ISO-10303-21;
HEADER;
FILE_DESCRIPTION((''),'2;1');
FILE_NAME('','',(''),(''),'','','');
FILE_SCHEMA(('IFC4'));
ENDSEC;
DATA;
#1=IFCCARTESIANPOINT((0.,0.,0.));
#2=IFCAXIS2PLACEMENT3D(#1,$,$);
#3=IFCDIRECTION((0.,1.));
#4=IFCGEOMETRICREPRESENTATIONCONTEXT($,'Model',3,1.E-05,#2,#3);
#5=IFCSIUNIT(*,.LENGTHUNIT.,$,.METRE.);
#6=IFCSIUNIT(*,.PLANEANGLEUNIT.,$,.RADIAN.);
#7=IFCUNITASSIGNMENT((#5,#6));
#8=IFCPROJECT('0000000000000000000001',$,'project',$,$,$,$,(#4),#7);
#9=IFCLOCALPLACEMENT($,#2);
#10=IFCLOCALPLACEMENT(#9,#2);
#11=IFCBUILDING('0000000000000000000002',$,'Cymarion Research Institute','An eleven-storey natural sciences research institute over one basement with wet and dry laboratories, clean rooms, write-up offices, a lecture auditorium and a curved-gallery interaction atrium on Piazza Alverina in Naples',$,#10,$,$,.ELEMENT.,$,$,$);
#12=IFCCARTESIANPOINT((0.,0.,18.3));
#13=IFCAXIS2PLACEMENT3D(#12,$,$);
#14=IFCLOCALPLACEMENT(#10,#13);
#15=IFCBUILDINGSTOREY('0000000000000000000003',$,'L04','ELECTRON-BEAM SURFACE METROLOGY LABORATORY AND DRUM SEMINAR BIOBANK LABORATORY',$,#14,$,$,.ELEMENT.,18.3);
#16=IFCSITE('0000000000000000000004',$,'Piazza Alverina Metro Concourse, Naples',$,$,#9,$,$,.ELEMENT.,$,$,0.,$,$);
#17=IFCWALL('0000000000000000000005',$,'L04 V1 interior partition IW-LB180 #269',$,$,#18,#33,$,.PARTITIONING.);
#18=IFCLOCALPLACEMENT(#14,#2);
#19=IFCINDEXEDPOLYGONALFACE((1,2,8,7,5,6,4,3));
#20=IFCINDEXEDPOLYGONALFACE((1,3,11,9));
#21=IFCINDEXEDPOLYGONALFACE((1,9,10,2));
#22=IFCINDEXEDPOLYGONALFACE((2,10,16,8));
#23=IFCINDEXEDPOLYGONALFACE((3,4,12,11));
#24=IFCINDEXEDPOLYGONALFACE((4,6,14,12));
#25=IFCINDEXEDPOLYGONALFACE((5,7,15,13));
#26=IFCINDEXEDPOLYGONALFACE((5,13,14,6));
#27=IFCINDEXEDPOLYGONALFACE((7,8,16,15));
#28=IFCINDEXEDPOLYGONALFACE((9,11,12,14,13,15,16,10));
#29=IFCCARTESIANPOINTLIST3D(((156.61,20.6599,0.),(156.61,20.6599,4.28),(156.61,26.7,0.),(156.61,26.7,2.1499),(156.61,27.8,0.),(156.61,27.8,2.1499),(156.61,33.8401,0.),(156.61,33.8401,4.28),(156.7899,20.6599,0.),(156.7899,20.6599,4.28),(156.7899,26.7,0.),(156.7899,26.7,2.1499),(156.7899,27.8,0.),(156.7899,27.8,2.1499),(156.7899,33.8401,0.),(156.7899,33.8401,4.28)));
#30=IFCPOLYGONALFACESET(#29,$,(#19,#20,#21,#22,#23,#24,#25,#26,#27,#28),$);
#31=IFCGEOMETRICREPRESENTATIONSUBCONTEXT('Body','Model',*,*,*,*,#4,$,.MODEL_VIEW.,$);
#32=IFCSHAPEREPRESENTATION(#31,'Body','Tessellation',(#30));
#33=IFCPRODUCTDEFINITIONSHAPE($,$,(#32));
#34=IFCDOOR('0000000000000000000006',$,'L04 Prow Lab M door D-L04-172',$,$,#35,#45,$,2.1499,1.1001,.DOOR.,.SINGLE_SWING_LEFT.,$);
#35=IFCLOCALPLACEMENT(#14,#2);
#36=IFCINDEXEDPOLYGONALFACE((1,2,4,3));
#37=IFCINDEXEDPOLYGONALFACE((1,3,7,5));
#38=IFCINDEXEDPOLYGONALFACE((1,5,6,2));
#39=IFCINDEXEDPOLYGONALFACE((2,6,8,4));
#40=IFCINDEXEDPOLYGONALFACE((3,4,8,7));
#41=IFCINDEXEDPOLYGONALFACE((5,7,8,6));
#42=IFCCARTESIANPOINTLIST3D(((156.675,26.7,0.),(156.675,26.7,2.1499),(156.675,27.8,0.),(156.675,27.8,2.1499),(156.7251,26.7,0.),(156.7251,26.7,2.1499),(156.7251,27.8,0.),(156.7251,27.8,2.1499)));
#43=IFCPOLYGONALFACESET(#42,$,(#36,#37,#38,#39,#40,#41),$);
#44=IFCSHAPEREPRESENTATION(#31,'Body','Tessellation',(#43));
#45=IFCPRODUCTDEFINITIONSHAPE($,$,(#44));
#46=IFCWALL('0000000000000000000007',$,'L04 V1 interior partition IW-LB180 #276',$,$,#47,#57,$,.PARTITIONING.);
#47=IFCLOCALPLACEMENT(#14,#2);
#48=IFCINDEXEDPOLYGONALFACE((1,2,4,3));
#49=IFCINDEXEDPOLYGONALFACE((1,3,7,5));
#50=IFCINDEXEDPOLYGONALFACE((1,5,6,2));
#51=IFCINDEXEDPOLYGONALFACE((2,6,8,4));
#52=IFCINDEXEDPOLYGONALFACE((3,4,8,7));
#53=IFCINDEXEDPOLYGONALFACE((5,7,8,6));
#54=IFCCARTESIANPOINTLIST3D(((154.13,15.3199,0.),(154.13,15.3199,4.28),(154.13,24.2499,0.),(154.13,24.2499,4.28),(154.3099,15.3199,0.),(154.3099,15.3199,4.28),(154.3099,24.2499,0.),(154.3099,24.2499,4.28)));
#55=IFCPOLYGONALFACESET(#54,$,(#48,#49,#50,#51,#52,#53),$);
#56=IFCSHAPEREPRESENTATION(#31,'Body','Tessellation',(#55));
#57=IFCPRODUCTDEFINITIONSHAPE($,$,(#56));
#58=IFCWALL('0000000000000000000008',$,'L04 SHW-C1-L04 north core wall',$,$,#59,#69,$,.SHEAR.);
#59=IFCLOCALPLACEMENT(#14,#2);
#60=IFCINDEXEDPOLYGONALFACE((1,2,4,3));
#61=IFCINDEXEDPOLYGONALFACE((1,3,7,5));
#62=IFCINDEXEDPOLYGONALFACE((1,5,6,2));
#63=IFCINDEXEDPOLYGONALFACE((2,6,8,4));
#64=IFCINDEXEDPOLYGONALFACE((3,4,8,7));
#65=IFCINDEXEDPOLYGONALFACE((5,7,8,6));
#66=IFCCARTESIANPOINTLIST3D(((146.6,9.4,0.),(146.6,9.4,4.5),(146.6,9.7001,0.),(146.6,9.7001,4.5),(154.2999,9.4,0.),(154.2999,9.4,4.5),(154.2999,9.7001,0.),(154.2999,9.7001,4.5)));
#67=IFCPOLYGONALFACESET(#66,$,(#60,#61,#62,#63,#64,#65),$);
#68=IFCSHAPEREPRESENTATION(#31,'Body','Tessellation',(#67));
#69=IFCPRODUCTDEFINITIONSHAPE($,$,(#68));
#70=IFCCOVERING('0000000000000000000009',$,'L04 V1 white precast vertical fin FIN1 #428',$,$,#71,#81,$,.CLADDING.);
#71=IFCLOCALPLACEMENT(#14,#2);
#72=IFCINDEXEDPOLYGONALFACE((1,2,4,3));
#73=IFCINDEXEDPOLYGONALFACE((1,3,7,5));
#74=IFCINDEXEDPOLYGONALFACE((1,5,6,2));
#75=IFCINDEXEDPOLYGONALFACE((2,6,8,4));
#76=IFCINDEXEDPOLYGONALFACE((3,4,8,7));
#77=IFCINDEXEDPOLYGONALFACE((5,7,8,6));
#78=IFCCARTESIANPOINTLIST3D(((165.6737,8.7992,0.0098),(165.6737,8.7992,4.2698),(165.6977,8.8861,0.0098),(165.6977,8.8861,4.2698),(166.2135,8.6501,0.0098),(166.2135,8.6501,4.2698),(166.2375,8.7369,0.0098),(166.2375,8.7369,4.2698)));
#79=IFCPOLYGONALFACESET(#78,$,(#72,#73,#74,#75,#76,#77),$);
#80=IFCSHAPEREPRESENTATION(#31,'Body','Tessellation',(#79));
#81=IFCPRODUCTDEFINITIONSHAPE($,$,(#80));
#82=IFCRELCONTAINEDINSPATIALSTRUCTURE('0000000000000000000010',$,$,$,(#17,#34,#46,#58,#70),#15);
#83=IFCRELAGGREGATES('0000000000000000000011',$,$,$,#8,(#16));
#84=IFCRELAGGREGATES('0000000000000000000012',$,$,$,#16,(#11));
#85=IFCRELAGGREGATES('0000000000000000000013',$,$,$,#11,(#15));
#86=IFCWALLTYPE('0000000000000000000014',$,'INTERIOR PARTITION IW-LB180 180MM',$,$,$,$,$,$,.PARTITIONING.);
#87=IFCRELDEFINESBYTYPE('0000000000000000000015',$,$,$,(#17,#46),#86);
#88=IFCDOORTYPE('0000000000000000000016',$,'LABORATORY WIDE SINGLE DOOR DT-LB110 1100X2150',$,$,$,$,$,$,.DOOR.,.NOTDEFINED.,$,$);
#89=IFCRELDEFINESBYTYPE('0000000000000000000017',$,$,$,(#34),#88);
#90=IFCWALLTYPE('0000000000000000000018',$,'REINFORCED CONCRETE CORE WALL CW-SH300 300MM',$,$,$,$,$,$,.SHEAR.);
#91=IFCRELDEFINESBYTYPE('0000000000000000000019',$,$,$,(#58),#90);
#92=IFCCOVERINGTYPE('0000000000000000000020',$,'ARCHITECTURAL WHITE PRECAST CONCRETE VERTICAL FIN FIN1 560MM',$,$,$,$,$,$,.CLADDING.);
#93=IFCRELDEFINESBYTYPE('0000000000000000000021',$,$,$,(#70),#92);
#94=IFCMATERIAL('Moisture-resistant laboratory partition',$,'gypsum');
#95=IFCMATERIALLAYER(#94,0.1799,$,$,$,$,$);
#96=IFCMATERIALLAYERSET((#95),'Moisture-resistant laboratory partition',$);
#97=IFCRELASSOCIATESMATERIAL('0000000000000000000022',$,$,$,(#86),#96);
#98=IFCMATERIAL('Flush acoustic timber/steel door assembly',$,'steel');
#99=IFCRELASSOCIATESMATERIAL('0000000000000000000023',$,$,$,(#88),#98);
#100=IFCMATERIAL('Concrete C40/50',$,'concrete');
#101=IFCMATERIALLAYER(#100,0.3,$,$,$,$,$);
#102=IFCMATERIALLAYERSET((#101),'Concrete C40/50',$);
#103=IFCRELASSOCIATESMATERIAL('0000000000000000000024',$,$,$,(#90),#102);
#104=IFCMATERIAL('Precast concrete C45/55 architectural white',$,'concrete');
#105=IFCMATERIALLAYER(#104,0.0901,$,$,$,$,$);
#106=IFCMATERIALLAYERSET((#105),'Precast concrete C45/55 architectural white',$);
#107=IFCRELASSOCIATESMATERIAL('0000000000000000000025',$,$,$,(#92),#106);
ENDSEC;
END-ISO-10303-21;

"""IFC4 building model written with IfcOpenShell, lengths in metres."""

from ifc_helpers import new_model, si_unit, direction, frame, frame_2d, origin, origin_2d, place, context, subcontext, project, spatial, rectangle, extrude, material, layer, layer_set, type_object, element, fill, save


model = new_model("IFC4")

# Units and contexts
model_context = context("Model", 3, precision=1e-05, world=origin(), true_north=direction((0.0, 1.0)))
body_context = subcontext(model_context, "Body", "Model", "MODEL_VIEW")
ifc_project = project(units=[si_unit("LENGTHUNIT", "METRE"), si_unit("PLANEANGLEUNIT", "RADIAN")], contexts=[model_context])

# Site, building, storey
site_placement = place(None, origin())
site = spatial("IfcSite", under=ifc_project, at=site_placement, Name="Piazza Alverina Metro Concourse, Naples", CompositionType="ELEMENT", RefElevation=0.0)
building_placement = place(site_placement, origin())
building = spatial("IfcBuilding", under=site, at=building_placement, Name="Cymarion Research Institute", Description="An eleven-storey natural sciences research institute over one basement with wet and dry laboratories, clean rooms, write-up offices, a lecture auditorium and a curved-gallery interaction atrium on Piazza Alverina in Naples", CompositionType="ELEMENT")
storey_placement = place(building_placement, frame((0.0, 0.0, 18.3)))
storey = spatial("IfcBuildingStorey", under=building, at=storey_placement, Name="L04", Description="ELECTRON-BEAM SURFACE METROLOGY LABORATORY AND DRUM SEMINAR BIOBANK LABORATORY", CompositionType="ELEMENT", Elevation=18.3)

# Wall, opening, door
ifc_material_1 = material(Name="Moisture-resistant laboratory partition", Category="gypsum")
ifc_layer_1 = layer(ifc_material_1, 0.1799)
ifc_layer_set_1 = layer_set([ifc_layer_1], Name="Moisture-resistant laboratory partition")
wall_type_1 = type_object("IfcWallType", Name="INTERIOR PARTITION IW-LB180 180MM", PredefinedType="PARTITIONING", material=ifc_layer_set_1)
wall_1_placement = place(storey_placement, frame((156.7, 20.6599, 0.0), z_axis=(0.0, 0.0, 1.0), x_axis=(0.0, 1.0, 0.0)))
wall_1 = element("IfcWall", 1, at=wall_1_placement, inside=storey, type_object=wall_type_1, Name="L04 V1 interior partition IW-LB180 #269", PredefinedType="PARTITIONING", context=body_context, shape_type="SweptSolid", body=[
    extrude(rectangle(XDim=13.1802, YDim=0.1799, at=frame_2d((6.5901, 0.0))), origin(), (0.0, 0.0, 1.0), 4.28),
])
opening_placement = place(wall_1_placement, frame((6.04, 0.0, 0.0)))
opening = element("IfcOpeningElement", 2, at=opening_placement, cuts=wall_1, PredefinedType="OPENING", context=body_context, shape_type="SweptSolid", body=[
    extrude(rectangle(XDim=1.1001, YDim=2.1499, at=frame_2d((0.55, 1.075))), frame((0.0, 0.0999, 0.0), z_axis=(0.0, -1.0, 0.0), x_axis=(1.0, 0.0, 0.0)), (0.0, 0.0, 1.0), 0.2),
])
ifc_material_2 = material(Name="Flush acoustic timber/steel door assembly", Category="steel")
door_type = type_object("IfcDoorType", Name="LABORATORY WIDE SINGLE DOOR DT-LB110 1100X2150", OperationType="NOTDEFINED", PredefinedType="DOOR", material=ifc_material_2)
door_placement = place(opening_placement, origin())
door = element("IfcDoor", 3, at=door_placement, inside=storey, type_object=door_type, Name="L04 Prow Lab M door D-L04-172", OperationType="SINGLE_SWING_LEFT", OverallHeight=2.1499, OverallWidth=1.1001, PredefinedType="DOOR", context=body_context, shape_type="SweptSolid", body=[
    extrude(rectangle(XDim=1.1001, YDim=2.1499, at=frame_2d((0.55, 1.075))), frame((0.0, 0.0249, 0.0), z_axis=(0.0, -1.0, 0.0), x_axis=(1.0, 0.0, 0.0)), (0.0, 0.0, 1.0), 0.05),
])
fill(opening, door)

# Walls
wall_2_placement = place(storey_placement, frame((154.22, 15.3201, 0.0), z_axis=(0.0, 0.0, 1.0), x_axis=(0.0, 1.0, 0.0)))
element("IfcWall", 4, at=wall_2_placement, inside=storey, type_object=wall_type_1, Name="L04 V1 interior partition IW-LB180 #276", PredefinedType="PARTITIONING", context=body_context, shape_type="SweptSolid", body=[
    extrude(rectangle(XDim=8.9299, YDim=0.1799, at=frame_2d((4.4648, 0.0))), origin(), (0.0, 0.0, 1.0), 4.28),
])
ifc_material_3 = material(Name="Concrete C40/50", Category="concrete")
ifc_layer_2 = layer(ifc_material_3, 0.3)
ifc_layer_set_2 = layer_set([ifc_layer_2], Name="Concrete C40/50")
wall_type_2 = type_object("IfcWallType", Name="REINFORCED CONCRETE CORE WALL CW-SH300 300MM", PredefinedType="SHEAR", material=ifc_layer_set_2)
wall_3_placement = place(storey_placement, frame((154.3, 9.55, 0.0), z_axis=(0.0, 0.0, 1.0), x_axis=(-1.0, 0.0, 0.0)))
element("IfcWall", 5, at=wall_3_placement, inside=storey, type_object=wall_type_2, Name="L04 SHW-C1-L04 north core wall", PredefinedType="SHEAR", context=body_context, shape_type="SweptSolid", body=[
    extrude(rectangle(XDim=7.7, YDim=0.3, at=frame_2d((3.8501, 0.0))), origin(), (0.0, 0.0, 1.0), 4.5),
])

# Covering
ifc_material_4 = material(Name="Precast concrete C45/55 architectural white", Category="concrete")
ifc_layer_3 = layer(ifc_material_4, 0.0901)
ifc_layer_set_3 = layer_set([ifc_layer_3], Name="Precast concrete C45/55 architectural white")
covering_type = type_object("IfcCoveringType", Name="ARCHITECTURAL WHITE PRECAST CONCRETE VERTICAL FIN FIN1 560MM", PredefinedType="CLADDING", material=ifc_layer_set_3)
covering_placement = place(storey_placement, frame((165.9556, 8.7681, 0.0098), z_axis=(0.0, 0.0, 1.0), x_axis=(0.963863, -0.266397, 0.0)))
element("IfcCovering", 6, at=covering_placement, inside=storey, type_object=covering_type, Name="L04 V1 white precast vertical fin FIN1 #428", PredefinedType="CLADDING", context=body_context, shape_type="SweptSolid", body=[
    extrude(rectangle(XDim=0.5601, YDim=0.0901, at=origin_2d()), origin(), (0.0, 0.0, 1.0), 4.26),
])

save(model, "model.ifc")
